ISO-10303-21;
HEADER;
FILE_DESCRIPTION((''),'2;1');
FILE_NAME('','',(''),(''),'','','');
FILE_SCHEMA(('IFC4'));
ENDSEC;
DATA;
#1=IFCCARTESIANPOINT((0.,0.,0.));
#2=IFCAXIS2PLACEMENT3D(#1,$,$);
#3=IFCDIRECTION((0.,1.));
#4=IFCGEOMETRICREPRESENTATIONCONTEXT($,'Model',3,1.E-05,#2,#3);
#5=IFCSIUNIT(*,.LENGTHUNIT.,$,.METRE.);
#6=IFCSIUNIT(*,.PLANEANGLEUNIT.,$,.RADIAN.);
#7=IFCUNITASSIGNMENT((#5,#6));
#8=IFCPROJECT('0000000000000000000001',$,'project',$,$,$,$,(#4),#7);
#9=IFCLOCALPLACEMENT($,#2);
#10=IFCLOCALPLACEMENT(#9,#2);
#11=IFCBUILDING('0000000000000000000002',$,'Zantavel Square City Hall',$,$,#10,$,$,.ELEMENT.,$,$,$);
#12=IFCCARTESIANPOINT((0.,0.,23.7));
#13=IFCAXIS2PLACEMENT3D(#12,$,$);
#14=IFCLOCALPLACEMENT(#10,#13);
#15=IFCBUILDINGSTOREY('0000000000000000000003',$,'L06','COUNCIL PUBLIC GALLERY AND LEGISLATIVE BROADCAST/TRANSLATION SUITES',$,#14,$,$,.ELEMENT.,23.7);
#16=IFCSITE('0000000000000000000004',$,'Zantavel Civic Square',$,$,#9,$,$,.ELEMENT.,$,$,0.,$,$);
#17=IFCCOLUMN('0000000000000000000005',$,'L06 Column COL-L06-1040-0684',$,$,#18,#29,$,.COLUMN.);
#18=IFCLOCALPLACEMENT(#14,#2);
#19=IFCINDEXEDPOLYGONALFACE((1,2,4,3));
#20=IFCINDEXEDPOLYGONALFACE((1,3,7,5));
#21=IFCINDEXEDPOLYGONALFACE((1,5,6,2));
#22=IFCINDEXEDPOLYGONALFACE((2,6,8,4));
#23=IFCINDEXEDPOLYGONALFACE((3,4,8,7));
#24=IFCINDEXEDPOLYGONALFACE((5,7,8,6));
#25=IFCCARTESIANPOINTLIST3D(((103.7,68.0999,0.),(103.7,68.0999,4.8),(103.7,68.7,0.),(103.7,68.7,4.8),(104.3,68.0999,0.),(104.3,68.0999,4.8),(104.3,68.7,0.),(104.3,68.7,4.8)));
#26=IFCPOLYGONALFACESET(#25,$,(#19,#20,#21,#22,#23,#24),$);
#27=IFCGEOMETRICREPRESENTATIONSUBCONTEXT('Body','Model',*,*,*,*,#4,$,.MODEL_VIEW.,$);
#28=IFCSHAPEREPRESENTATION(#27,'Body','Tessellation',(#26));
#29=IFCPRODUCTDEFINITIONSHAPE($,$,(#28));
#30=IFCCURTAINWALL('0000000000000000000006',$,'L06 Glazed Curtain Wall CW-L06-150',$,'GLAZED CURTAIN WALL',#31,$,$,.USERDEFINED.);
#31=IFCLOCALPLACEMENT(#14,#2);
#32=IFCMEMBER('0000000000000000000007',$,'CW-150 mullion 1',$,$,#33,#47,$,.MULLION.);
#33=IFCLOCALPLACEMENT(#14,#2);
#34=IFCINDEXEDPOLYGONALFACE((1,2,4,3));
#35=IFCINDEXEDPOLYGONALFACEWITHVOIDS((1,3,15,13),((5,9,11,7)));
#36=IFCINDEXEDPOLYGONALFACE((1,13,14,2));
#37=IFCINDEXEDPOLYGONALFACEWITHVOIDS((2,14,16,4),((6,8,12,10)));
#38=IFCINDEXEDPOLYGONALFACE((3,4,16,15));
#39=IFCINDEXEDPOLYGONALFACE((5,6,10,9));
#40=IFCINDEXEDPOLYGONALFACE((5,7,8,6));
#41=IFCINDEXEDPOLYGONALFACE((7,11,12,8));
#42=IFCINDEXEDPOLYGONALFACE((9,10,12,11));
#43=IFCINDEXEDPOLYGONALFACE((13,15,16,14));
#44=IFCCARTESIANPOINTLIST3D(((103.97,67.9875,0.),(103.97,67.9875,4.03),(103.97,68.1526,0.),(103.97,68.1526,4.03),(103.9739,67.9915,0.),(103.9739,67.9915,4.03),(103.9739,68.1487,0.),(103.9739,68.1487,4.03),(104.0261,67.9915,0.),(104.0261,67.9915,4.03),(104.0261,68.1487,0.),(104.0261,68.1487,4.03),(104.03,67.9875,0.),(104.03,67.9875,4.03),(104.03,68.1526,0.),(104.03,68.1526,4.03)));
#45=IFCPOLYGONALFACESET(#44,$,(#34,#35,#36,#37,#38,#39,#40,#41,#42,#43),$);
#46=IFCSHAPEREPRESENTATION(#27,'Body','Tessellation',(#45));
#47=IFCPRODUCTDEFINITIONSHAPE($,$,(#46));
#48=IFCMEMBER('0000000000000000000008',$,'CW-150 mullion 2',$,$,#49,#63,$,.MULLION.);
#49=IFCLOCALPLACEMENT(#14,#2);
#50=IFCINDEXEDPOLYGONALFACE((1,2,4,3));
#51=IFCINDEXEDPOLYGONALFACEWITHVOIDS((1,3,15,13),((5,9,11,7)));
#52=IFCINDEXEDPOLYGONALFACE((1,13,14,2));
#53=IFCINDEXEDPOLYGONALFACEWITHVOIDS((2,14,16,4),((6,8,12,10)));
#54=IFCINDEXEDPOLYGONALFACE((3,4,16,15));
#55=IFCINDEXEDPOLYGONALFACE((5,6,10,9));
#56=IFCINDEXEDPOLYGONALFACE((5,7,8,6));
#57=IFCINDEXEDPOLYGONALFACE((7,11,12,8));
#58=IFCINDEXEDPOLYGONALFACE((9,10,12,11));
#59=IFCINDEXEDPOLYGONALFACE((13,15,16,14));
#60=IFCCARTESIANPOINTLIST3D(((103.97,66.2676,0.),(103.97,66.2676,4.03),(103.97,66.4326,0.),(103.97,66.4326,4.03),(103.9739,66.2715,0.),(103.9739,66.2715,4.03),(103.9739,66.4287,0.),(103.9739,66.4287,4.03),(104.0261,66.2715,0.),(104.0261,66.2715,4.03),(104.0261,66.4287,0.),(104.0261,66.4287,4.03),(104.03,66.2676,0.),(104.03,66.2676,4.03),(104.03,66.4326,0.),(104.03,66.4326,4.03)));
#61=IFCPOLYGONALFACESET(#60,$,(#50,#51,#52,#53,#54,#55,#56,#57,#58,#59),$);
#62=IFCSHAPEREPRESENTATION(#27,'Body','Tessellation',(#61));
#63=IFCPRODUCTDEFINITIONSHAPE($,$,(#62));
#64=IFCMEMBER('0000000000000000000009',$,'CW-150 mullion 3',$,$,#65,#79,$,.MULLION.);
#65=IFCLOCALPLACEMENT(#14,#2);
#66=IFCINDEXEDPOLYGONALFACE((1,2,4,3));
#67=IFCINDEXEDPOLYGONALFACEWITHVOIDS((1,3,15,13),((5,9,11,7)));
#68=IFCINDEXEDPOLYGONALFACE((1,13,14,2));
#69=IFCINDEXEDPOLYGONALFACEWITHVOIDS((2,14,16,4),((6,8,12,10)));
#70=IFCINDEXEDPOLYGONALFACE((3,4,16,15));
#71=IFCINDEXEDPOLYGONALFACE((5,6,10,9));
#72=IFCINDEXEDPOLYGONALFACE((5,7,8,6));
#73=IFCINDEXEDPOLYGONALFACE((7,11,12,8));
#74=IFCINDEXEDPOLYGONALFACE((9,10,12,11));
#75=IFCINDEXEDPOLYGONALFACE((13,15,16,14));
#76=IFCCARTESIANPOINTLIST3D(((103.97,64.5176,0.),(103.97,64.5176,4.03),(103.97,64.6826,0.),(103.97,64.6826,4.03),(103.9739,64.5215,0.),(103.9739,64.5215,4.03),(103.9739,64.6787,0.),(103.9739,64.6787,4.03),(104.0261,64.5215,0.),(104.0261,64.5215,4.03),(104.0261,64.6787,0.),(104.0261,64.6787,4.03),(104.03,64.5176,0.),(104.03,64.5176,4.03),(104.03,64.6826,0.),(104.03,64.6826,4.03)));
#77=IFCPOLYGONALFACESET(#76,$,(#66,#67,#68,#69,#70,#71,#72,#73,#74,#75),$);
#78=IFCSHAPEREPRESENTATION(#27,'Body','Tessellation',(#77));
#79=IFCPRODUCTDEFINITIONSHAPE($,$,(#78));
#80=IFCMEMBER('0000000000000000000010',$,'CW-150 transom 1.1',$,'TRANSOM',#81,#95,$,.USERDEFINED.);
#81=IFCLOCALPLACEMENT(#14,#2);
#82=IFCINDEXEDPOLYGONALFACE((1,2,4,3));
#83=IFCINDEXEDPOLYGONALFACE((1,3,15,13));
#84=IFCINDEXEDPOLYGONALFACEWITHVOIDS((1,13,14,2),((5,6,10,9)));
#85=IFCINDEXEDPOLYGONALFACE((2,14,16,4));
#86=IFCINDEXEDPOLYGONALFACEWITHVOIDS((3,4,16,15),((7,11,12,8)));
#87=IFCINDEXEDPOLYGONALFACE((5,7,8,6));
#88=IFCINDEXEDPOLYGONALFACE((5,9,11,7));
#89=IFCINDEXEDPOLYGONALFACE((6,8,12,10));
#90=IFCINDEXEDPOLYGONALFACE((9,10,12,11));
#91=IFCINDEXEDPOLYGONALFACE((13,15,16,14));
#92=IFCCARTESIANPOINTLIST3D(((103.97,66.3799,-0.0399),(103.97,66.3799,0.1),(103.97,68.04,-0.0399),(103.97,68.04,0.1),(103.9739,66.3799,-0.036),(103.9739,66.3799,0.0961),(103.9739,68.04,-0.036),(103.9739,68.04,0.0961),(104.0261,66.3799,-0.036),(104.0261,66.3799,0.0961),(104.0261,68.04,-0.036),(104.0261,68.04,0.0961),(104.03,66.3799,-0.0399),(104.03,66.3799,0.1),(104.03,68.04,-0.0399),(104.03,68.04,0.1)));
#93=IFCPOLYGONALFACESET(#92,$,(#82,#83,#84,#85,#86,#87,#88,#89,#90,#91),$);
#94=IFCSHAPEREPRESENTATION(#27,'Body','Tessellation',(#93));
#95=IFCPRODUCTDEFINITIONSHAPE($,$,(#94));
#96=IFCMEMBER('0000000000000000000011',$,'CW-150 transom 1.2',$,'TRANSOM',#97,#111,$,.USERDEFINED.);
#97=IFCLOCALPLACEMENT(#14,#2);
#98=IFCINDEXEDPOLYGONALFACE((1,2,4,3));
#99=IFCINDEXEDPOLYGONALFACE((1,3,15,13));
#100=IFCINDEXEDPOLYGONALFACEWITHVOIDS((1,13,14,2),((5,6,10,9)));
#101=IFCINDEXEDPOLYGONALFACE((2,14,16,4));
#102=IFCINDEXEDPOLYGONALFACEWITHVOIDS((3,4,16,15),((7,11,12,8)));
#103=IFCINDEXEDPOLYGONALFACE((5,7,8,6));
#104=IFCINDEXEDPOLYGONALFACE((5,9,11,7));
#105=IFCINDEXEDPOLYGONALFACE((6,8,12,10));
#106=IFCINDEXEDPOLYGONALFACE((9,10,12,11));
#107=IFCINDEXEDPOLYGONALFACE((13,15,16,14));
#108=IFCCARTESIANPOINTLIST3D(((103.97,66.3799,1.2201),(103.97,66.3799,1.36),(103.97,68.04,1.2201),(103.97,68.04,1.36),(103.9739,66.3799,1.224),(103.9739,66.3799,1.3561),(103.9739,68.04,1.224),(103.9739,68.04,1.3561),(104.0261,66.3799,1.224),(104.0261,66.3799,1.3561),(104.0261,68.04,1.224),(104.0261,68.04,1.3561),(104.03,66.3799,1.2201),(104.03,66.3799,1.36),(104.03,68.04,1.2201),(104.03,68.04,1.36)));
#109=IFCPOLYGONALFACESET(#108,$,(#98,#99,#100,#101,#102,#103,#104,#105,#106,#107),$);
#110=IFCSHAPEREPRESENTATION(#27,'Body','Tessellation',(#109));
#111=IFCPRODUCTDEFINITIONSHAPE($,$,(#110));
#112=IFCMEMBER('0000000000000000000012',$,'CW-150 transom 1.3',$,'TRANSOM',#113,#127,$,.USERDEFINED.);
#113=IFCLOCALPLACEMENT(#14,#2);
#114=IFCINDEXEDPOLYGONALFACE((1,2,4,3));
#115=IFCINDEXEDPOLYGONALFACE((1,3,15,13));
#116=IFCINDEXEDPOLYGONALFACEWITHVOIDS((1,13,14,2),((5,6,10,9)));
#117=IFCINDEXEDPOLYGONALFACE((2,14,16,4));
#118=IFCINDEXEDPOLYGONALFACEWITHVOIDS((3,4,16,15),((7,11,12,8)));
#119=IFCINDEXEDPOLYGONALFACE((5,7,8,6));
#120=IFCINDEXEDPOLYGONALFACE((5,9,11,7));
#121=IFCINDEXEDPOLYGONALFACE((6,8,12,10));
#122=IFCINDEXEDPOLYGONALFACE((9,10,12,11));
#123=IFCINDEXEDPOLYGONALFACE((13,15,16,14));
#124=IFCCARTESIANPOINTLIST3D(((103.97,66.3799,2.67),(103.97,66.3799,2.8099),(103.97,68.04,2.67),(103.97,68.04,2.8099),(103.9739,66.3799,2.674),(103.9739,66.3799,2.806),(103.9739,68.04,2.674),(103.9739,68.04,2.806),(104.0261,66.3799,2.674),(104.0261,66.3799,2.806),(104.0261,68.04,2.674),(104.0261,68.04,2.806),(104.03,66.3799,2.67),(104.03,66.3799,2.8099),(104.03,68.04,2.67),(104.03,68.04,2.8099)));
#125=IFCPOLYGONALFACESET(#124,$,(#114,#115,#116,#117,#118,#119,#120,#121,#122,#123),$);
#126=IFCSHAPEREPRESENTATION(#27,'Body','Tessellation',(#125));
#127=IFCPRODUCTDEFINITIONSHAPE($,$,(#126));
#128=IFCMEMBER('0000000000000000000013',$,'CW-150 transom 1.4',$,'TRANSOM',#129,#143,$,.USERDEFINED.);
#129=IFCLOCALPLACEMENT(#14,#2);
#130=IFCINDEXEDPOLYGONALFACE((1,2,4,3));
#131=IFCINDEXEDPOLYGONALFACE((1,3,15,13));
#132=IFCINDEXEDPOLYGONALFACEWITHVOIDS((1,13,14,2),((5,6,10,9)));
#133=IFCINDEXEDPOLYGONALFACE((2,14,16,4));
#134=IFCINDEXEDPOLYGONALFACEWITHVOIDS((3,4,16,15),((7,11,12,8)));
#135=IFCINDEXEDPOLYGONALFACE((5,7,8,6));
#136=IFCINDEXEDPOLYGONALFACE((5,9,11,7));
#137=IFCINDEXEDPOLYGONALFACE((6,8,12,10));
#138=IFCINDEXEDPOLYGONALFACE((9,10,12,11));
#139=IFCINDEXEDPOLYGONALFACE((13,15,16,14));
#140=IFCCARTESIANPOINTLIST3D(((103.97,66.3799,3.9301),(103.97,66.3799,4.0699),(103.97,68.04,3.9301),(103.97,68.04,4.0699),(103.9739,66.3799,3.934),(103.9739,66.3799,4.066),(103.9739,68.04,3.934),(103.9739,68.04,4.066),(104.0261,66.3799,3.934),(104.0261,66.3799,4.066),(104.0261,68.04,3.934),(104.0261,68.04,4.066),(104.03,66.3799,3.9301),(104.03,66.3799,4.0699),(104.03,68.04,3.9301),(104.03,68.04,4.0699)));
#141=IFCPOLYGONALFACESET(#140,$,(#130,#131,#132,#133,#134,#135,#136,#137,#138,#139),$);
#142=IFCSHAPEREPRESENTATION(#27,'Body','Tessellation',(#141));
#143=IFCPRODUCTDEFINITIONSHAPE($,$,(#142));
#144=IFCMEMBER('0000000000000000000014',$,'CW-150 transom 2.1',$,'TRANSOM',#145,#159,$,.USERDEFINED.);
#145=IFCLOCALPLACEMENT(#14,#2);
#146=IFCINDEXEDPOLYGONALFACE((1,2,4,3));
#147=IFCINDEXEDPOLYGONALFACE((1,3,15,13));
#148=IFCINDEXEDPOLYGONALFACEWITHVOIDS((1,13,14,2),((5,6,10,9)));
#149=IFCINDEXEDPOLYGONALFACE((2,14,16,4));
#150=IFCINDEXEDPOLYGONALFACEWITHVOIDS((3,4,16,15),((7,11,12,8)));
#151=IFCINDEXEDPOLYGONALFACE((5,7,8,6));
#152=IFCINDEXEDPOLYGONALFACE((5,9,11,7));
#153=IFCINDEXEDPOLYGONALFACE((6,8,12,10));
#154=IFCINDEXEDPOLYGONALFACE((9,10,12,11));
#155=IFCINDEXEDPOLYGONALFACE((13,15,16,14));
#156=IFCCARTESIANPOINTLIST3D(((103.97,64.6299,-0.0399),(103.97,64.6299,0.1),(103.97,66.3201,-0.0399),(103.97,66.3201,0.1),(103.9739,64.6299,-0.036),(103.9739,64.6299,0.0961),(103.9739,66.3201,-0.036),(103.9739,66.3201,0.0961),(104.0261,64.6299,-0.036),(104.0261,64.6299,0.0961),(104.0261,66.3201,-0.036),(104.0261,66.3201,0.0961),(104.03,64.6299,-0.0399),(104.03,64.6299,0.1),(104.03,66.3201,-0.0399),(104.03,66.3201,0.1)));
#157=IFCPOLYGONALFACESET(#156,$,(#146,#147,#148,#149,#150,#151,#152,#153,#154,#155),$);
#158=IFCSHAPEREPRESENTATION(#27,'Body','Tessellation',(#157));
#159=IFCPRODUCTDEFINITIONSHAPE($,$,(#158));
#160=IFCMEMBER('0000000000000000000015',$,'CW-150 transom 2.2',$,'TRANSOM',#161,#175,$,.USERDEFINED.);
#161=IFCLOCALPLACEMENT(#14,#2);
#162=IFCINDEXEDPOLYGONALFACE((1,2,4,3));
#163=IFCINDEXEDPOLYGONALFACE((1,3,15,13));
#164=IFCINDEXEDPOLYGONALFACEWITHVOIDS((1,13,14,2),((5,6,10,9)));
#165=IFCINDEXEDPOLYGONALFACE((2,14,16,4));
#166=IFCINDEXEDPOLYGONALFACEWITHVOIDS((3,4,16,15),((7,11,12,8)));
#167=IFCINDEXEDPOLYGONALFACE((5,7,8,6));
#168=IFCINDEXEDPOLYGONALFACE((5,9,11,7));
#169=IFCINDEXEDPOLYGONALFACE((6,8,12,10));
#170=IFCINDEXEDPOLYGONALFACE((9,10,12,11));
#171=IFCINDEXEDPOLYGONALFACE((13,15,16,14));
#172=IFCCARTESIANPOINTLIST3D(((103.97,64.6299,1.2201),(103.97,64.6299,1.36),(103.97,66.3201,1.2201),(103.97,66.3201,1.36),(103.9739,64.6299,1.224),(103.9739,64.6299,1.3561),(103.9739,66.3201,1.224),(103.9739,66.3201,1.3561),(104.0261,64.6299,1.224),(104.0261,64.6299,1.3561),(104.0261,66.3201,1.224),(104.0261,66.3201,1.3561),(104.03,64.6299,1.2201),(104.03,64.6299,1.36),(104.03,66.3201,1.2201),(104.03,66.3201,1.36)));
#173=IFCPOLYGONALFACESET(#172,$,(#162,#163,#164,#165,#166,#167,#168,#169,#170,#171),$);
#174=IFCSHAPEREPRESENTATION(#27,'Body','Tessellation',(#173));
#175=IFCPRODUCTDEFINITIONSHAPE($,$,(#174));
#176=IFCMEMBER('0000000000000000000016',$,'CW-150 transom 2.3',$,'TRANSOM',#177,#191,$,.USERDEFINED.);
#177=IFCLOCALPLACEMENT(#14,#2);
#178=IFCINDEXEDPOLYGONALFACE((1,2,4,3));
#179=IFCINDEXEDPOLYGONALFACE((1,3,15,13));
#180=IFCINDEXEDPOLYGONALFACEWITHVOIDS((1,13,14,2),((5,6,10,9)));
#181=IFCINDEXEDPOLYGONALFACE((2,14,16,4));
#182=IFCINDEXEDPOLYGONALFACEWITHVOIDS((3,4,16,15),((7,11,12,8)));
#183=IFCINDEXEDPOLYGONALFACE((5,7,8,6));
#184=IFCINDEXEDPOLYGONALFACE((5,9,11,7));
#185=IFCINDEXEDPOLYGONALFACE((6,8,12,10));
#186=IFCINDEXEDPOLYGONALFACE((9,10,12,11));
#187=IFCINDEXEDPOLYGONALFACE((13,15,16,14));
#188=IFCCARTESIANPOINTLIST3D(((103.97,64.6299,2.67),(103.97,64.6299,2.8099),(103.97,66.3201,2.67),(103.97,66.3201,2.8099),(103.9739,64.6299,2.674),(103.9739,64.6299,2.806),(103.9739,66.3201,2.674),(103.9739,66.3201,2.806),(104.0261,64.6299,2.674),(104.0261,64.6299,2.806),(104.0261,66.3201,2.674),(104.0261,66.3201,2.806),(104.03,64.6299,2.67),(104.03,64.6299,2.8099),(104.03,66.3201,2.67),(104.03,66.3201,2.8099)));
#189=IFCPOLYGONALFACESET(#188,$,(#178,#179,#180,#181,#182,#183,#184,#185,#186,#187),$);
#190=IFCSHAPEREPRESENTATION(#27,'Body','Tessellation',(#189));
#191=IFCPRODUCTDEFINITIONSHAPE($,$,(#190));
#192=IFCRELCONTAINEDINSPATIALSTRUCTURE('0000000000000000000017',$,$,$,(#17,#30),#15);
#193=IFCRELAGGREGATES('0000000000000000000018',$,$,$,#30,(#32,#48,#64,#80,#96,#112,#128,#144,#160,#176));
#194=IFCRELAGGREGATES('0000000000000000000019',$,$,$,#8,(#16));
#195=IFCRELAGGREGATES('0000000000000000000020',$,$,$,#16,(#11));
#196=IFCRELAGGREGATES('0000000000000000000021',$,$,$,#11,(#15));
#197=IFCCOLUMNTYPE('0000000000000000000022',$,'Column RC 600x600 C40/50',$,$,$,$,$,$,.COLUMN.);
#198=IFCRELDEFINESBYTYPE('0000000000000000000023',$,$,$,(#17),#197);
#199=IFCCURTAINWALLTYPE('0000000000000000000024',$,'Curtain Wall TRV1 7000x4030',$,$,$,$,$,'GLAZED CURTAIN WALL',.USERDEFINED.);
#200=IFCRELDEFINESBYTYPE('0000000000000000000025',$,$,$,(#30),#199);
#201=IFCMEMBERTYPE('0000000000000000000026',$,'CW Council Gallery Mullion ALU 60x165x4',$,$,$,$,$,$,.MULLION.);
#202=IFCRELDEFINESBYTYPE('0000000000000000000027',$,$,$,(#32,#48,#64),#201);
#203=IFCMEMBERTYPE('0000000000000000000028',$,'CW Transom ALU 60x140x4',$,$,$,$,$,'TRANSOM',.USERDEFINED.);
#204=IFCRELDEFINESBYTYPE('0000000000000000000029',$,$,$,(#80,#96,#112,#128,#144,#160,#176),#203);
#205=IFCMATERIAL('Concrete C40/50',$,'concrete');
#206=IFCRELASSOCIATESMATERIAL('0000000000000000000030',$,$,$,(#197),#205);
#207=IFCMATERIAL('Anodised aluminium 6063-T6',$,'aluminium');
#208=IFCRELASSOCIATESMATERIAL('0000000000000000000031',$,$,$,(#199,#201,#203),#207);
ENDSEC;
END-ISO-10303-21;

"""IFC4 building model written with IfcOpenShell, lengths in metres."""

from ifc_helpers import new_model, si_unit, direction, frame, origin, origin_2d, place, context, subcontext, project, spatial, rectangle, hollow_rectangle, extrude, material, material_profile, profile_set, type_object, element, aggregate, save


model = new_model("IFC4")

# Units and contexts
model_context = context("Model", 3, precision=1e-05, world=origin(), true_north=direction((0.0, 1.0)))
body_context = subcontext(model_context, "Body", "Model", "MODEL_VIEW")
ifc_project = project(units=[si_unit("LENGTHUNIT", "METRE"), si_unit("PLANEANGLEUNIT", "RADIAN")], contexts=[model_context])

# Site, building, storey
site_placement = place(None, origin())
site = spatial("IfcSite", under=ifc_project, at=site_placement, Name="Zantavel Civic Square", CompositionType="ELEMENT", RefElevation=0.0)
building_placement = place(site_placement, origin())
building = spatial("IfcBuilding", under=site, at=building_placement, Name="Zantavel Square City Hall", CompositionType="ELEMENT")
storey_placement = place(building_placement, frame((0.0, 0.0, 23.7)))
storey = spatial("IfcBuildingStorey", under=building, at=storey_placement, Name="L06", Description="COUNCIL PUBLIC GALLERY AND LEGISLATIVE BROADCAST/TRANSLATION SUITES", CompositionType="ELEMENT", Elevation=23.7)

# Column
ifc_material_1 = material(Name="Concrete C40/50", Category="concrete")
ifc_material_profile_1 = material_profile(ifc_material_1, rectangle(XDim=0.6001, YDim=0.6001, at=origin_2d()), Name="RC 600x600")
ifc_profile_set_1 = profile_set([ifc_material_profile_1], Name="Concrete C40/50")
column_type = type_object("IfcColumnType", Name="Column RC 600x600 C40/50", PredefinedType="COLUMN", material=ifc_profile_set_1)
column_placement = place(storey_placement, frame((104.0, 68.3999, 0.0), z_axis=(0.0, 0.0, 1.0), x_axis=(1.0, 0.0, 0.0)))
element("IfcColumn", 1, at=column_placement, inside=storey, type_object=column_type, Name="L06 Column COL-L06-1040-0684", PredefinedType="COLUMN", context=body_context, shape_type="SweptSolid", body=[
    extrude(rectangle(XDim=0.6001, YDim=0.6001, at=origin_2d()), origin(), (0.0, 0.0, 1.0), 4.8),
])

# Curtain wall, members
ifc_material_2 = material(Name="Anodised aluminium 6063-T6", Category="aluminium")
curtain_wall_type = type_object("IfcCurtainWallType", Name="Curtain Wall TRV1 7000x4030", ElementType="GLAZED CURTAIN WALL", PredefinedType="USERDEFINED", material=ifc_material_2)
curtain_wall_placement = place(storey_placement, origin())
curtain_wall = element("IfcCurtainWall", 2, at=curtain_wall_placement, inside=storey, type_object=curtain_wall_type, Name="L06 Glazed Curtain Wall CW-L06-150", ObjectType="GLAZED CURTAIN WALL", PredefinedType="USERDEFINED")
ifc_material_profile_2 = material_profile(ifc_material_2, hollow_rectangle(XDim=0.0601, YDim=0.165, WallThickness=0.0039, at=origin_2d()), Name="ALU 60x165x4")
ifc_profile_set_2 = profile_set([ifc_material_profile_2], Name="Anodised aluminium 6063-T6")
member_type_1 = type_object("IfcMemberType", Name="CW Council Gallery Mullion ALU 60x165x4", PredefinedType="MULLION", material=ifc_profile_set_2)
member_1_placement = place(storey_placement, frame((104.0, 68.0701, 0.0), z_axis=(0.0, 0.0, 1.0), x_axis=(1.0, 0.0, 0.0)))
member_1 = element("IfcMember", 3, at=member_1_placement, type_object=member_type_1, Name="CW-150 mullion 1", PredefinedType="MULLION", context=body_context, shape_type="SweptSolid", body=[
    extrude(hollow_rectangle(XDim=0.0601, YDim=0.165, WallThickness=0.0039, at=origin_2d()), origin(), (0.0, 0.0, 1.0), 4.03),
])
member_2_placement = place(storey_placement, frame((104.0, 66.3501, 0.0), z_axis=(0.0, 0.0, 1.0), x_axis=(1.0, 0.0, 0.0)))
member_2 = element("IfcMember", 4, at=member_2_placement, type_object=member_type_1, Name="CW-150 mullion 2", PredefinedType="MULLION", context=body_context, shape_type="SweptSolid", body=[
    extrude(hollow_rectangle(XDim=0.0601, YDim=0.165, WallThickness=0.0039, at=origin_2d()), origin(), (0.0, 0.0, 1.0), 4.03),
])
member_3_placement = place(storey_placement, frame((104.0, 64.6001, 0.0), z_axis=(0.0, 0.0, 1.0), x_axis=(1.0, 0.0, 0.0)))
member_3 = element("IfcMember", 5, at=member_3_placement, type_object=member_type_1, Name="CW-150 mullion 3", PredefinedType="MULLION", context=body_context, shape_type="SweptSolid", body=[
    extrude(hollow_rectangle(XDim=0.0601, YDim=0.165, WallThickness=0.0039, at=origin_2d()), origin(), (0.0, 0.0, 1.0), 4.03),
])
ifc_material_profile_3 = material_profile(ifc_material_2, hollow_rectangle(XDim=0.0601, YDim=0.1399, WallThickness=0.0039, at=origin_2d()), Name="ALU 60x140x4")
ifc_profile_set_3 = profile_set([ifc_material_profile_3], Name="Anodised aluminium 6063-T6")
member_type_2 = type_object("IfcMemberType", Name="CW Transom ALU 60x140x4", ElementType="TRANSOM", PredefinedType="USERDEFINED", material=ifc_profile_set_3)
member_4_placement = place(storey_placement, frame((104.0, 68.04, 0.03), z_axis=(0.0, -1.0, 0.0), x_axis=(1.0, 0.0, 0.0)))
member_4 = element("IfcMember", 6, at=member_4_placement, type_object=member_type_2, Name="CW-150 transom 1.1", ObjectType="TRANSOM", PredefinedType="USERDEFINED", context=body_context, shape_type="SweptSolid", body=[
    extrude(hollow_rectangle(XDim=0.0601, YDim=0.1399, WallThickness=0.0039, at=origin_2d()), origin(), (0.0, 0.0, 1.0), 1.6602),
])
member_5_placement = place(storey_placement, frame((104.0, 68.04, 1.29), z_axis=(0.0, -1.0, 0.0), x_axis=(1.0, 0.0, 0.0)))
member_5 = element("IfcMember", 7, at=member_5_placement, type_object=member_type_2, Name="CW-150 transom 1.2", ObjectType="TRANSOM", PredefinedType="USERDEFINED", context=body_context, shape_type="SweptSolid", body=[
    extrude(hollow_rectangle(XDim=0.0601, YDim=0.1399, WallThickness=0.0039, at=origin_2d()), origin(), (0.0, 0.0, 1.0), 1.6602),
])
member_6_placement = place(storey_placement, frame((104.0, 68.04, 2.74), z_axis=(0.0, -1.0, 0.0), x_axis=(1.0, 0.0, 0.0)))
member_6 = element("IfcMember", 8, at=member_6_placement, type_object=member_type_2, Name="CW-150 transom 1.3", ObjectType="TRANSOM", PredefinedType="USERDEFINED", context=body_context, shape_type="SweptSolid", body=[
    extrude(hollow_rectangle(XDim=0.0601, YDim=0.1399, WallThickness=0.0039, at=origin_2d()), origin(), (0.0, 0.0, 1.0), 1.6602),
])
member_7_placement = place(storey_placement, frame((104.0, 68.04, 4.0), z_axis=(0.0, -1.0, 0.0), x_axis=(1.0, 0.0, 0.0)))
member_7 = element("IfcMember", 9, at=member_7_placement, type_object=member_type_2, Name="CW-150 transom 1.4", ObjectType="TRANSOM", PredefinedType="USERDEFINED", context=body_context, shape_type="SweptSolid", body=[
    extrude(hollow_rectangle(XDim=0.0601, YDim=0.1399, WallThickness=0.0039, at=origin_2d()), origin(), (0.0, 0.0, 1.0), 1.6602),
])
member_8_placement = place(storey_placement, frame((104.0, 66.3201, 0.03), z_axis=(0.0, -1.0, 0.0), x_axis=(1.0, 0.0, 0.0)))
member_8 = element("IfcMember", 10, at=member_8_placement, type_object=member_type_2, Name="CW-150 transom 2.1", ObjectType="TRANSOM", PredefinedType="USERDEFINED", context=body_context, shape_type="SweptSolid", body=[
    extrude(hollow_rectangle(XDim=0.0601, YDim=0.1399, WallThickness=0.0039, at=origin_2d()), origin(), (0.0, 0.0, 1.0), 1.6902),
])
member_9_placement = place(storey_placement, frame((104.0, 66.3201, 1.29), z_axis=(0.0, -1.0, 0.0), x_axis=(1.0, 0.0, 0.0)))
member_9 = element("IfcMember", 11, at=member_9_placement, type_object=member_type_2, Name="CW-150 transom 2.2", ObjectType="TRANSOM", PredefinedType="USERDEFINED", context=body_context, shape_type="SweptSolid", body=[
    extrude(hollow_rectangle(XDim=0.0601, YDim=0.1399, WallThickness=0.0039, at=origin_2d()), origin(), (0.0, 0.0, 1.0), 1.6902),
])
member_10_placement = place(storey_placement, frame((104.0, 66.3201, 2.74), z_axis=(0.0, -1.0, 0.0), x_axis=(1.0, 0.0, 0.0)))
member_10 = element("IfcMember", 12, at=member_10_placement, type_object=member_type_2, Name="CW-150 transom 2.3", ObjectType="TRANSOM", PredefinedType="USERDEFINED", context=body_context, shape_type="SweptSolid", body=[
    extrude(hollow_rectangle(XDim=0.0601, YDim=0.1399, WallThickness=0.0039, at=origin_2d()), origin(), (0.0, 0.0, 1.0), 1.6902),
])
aggregate(curtain_wall, [member_1, member_2, member_3, member_4, member_5, member_6, member_7, member_8, member_9, member_10])

save(model, "model.ifc")
